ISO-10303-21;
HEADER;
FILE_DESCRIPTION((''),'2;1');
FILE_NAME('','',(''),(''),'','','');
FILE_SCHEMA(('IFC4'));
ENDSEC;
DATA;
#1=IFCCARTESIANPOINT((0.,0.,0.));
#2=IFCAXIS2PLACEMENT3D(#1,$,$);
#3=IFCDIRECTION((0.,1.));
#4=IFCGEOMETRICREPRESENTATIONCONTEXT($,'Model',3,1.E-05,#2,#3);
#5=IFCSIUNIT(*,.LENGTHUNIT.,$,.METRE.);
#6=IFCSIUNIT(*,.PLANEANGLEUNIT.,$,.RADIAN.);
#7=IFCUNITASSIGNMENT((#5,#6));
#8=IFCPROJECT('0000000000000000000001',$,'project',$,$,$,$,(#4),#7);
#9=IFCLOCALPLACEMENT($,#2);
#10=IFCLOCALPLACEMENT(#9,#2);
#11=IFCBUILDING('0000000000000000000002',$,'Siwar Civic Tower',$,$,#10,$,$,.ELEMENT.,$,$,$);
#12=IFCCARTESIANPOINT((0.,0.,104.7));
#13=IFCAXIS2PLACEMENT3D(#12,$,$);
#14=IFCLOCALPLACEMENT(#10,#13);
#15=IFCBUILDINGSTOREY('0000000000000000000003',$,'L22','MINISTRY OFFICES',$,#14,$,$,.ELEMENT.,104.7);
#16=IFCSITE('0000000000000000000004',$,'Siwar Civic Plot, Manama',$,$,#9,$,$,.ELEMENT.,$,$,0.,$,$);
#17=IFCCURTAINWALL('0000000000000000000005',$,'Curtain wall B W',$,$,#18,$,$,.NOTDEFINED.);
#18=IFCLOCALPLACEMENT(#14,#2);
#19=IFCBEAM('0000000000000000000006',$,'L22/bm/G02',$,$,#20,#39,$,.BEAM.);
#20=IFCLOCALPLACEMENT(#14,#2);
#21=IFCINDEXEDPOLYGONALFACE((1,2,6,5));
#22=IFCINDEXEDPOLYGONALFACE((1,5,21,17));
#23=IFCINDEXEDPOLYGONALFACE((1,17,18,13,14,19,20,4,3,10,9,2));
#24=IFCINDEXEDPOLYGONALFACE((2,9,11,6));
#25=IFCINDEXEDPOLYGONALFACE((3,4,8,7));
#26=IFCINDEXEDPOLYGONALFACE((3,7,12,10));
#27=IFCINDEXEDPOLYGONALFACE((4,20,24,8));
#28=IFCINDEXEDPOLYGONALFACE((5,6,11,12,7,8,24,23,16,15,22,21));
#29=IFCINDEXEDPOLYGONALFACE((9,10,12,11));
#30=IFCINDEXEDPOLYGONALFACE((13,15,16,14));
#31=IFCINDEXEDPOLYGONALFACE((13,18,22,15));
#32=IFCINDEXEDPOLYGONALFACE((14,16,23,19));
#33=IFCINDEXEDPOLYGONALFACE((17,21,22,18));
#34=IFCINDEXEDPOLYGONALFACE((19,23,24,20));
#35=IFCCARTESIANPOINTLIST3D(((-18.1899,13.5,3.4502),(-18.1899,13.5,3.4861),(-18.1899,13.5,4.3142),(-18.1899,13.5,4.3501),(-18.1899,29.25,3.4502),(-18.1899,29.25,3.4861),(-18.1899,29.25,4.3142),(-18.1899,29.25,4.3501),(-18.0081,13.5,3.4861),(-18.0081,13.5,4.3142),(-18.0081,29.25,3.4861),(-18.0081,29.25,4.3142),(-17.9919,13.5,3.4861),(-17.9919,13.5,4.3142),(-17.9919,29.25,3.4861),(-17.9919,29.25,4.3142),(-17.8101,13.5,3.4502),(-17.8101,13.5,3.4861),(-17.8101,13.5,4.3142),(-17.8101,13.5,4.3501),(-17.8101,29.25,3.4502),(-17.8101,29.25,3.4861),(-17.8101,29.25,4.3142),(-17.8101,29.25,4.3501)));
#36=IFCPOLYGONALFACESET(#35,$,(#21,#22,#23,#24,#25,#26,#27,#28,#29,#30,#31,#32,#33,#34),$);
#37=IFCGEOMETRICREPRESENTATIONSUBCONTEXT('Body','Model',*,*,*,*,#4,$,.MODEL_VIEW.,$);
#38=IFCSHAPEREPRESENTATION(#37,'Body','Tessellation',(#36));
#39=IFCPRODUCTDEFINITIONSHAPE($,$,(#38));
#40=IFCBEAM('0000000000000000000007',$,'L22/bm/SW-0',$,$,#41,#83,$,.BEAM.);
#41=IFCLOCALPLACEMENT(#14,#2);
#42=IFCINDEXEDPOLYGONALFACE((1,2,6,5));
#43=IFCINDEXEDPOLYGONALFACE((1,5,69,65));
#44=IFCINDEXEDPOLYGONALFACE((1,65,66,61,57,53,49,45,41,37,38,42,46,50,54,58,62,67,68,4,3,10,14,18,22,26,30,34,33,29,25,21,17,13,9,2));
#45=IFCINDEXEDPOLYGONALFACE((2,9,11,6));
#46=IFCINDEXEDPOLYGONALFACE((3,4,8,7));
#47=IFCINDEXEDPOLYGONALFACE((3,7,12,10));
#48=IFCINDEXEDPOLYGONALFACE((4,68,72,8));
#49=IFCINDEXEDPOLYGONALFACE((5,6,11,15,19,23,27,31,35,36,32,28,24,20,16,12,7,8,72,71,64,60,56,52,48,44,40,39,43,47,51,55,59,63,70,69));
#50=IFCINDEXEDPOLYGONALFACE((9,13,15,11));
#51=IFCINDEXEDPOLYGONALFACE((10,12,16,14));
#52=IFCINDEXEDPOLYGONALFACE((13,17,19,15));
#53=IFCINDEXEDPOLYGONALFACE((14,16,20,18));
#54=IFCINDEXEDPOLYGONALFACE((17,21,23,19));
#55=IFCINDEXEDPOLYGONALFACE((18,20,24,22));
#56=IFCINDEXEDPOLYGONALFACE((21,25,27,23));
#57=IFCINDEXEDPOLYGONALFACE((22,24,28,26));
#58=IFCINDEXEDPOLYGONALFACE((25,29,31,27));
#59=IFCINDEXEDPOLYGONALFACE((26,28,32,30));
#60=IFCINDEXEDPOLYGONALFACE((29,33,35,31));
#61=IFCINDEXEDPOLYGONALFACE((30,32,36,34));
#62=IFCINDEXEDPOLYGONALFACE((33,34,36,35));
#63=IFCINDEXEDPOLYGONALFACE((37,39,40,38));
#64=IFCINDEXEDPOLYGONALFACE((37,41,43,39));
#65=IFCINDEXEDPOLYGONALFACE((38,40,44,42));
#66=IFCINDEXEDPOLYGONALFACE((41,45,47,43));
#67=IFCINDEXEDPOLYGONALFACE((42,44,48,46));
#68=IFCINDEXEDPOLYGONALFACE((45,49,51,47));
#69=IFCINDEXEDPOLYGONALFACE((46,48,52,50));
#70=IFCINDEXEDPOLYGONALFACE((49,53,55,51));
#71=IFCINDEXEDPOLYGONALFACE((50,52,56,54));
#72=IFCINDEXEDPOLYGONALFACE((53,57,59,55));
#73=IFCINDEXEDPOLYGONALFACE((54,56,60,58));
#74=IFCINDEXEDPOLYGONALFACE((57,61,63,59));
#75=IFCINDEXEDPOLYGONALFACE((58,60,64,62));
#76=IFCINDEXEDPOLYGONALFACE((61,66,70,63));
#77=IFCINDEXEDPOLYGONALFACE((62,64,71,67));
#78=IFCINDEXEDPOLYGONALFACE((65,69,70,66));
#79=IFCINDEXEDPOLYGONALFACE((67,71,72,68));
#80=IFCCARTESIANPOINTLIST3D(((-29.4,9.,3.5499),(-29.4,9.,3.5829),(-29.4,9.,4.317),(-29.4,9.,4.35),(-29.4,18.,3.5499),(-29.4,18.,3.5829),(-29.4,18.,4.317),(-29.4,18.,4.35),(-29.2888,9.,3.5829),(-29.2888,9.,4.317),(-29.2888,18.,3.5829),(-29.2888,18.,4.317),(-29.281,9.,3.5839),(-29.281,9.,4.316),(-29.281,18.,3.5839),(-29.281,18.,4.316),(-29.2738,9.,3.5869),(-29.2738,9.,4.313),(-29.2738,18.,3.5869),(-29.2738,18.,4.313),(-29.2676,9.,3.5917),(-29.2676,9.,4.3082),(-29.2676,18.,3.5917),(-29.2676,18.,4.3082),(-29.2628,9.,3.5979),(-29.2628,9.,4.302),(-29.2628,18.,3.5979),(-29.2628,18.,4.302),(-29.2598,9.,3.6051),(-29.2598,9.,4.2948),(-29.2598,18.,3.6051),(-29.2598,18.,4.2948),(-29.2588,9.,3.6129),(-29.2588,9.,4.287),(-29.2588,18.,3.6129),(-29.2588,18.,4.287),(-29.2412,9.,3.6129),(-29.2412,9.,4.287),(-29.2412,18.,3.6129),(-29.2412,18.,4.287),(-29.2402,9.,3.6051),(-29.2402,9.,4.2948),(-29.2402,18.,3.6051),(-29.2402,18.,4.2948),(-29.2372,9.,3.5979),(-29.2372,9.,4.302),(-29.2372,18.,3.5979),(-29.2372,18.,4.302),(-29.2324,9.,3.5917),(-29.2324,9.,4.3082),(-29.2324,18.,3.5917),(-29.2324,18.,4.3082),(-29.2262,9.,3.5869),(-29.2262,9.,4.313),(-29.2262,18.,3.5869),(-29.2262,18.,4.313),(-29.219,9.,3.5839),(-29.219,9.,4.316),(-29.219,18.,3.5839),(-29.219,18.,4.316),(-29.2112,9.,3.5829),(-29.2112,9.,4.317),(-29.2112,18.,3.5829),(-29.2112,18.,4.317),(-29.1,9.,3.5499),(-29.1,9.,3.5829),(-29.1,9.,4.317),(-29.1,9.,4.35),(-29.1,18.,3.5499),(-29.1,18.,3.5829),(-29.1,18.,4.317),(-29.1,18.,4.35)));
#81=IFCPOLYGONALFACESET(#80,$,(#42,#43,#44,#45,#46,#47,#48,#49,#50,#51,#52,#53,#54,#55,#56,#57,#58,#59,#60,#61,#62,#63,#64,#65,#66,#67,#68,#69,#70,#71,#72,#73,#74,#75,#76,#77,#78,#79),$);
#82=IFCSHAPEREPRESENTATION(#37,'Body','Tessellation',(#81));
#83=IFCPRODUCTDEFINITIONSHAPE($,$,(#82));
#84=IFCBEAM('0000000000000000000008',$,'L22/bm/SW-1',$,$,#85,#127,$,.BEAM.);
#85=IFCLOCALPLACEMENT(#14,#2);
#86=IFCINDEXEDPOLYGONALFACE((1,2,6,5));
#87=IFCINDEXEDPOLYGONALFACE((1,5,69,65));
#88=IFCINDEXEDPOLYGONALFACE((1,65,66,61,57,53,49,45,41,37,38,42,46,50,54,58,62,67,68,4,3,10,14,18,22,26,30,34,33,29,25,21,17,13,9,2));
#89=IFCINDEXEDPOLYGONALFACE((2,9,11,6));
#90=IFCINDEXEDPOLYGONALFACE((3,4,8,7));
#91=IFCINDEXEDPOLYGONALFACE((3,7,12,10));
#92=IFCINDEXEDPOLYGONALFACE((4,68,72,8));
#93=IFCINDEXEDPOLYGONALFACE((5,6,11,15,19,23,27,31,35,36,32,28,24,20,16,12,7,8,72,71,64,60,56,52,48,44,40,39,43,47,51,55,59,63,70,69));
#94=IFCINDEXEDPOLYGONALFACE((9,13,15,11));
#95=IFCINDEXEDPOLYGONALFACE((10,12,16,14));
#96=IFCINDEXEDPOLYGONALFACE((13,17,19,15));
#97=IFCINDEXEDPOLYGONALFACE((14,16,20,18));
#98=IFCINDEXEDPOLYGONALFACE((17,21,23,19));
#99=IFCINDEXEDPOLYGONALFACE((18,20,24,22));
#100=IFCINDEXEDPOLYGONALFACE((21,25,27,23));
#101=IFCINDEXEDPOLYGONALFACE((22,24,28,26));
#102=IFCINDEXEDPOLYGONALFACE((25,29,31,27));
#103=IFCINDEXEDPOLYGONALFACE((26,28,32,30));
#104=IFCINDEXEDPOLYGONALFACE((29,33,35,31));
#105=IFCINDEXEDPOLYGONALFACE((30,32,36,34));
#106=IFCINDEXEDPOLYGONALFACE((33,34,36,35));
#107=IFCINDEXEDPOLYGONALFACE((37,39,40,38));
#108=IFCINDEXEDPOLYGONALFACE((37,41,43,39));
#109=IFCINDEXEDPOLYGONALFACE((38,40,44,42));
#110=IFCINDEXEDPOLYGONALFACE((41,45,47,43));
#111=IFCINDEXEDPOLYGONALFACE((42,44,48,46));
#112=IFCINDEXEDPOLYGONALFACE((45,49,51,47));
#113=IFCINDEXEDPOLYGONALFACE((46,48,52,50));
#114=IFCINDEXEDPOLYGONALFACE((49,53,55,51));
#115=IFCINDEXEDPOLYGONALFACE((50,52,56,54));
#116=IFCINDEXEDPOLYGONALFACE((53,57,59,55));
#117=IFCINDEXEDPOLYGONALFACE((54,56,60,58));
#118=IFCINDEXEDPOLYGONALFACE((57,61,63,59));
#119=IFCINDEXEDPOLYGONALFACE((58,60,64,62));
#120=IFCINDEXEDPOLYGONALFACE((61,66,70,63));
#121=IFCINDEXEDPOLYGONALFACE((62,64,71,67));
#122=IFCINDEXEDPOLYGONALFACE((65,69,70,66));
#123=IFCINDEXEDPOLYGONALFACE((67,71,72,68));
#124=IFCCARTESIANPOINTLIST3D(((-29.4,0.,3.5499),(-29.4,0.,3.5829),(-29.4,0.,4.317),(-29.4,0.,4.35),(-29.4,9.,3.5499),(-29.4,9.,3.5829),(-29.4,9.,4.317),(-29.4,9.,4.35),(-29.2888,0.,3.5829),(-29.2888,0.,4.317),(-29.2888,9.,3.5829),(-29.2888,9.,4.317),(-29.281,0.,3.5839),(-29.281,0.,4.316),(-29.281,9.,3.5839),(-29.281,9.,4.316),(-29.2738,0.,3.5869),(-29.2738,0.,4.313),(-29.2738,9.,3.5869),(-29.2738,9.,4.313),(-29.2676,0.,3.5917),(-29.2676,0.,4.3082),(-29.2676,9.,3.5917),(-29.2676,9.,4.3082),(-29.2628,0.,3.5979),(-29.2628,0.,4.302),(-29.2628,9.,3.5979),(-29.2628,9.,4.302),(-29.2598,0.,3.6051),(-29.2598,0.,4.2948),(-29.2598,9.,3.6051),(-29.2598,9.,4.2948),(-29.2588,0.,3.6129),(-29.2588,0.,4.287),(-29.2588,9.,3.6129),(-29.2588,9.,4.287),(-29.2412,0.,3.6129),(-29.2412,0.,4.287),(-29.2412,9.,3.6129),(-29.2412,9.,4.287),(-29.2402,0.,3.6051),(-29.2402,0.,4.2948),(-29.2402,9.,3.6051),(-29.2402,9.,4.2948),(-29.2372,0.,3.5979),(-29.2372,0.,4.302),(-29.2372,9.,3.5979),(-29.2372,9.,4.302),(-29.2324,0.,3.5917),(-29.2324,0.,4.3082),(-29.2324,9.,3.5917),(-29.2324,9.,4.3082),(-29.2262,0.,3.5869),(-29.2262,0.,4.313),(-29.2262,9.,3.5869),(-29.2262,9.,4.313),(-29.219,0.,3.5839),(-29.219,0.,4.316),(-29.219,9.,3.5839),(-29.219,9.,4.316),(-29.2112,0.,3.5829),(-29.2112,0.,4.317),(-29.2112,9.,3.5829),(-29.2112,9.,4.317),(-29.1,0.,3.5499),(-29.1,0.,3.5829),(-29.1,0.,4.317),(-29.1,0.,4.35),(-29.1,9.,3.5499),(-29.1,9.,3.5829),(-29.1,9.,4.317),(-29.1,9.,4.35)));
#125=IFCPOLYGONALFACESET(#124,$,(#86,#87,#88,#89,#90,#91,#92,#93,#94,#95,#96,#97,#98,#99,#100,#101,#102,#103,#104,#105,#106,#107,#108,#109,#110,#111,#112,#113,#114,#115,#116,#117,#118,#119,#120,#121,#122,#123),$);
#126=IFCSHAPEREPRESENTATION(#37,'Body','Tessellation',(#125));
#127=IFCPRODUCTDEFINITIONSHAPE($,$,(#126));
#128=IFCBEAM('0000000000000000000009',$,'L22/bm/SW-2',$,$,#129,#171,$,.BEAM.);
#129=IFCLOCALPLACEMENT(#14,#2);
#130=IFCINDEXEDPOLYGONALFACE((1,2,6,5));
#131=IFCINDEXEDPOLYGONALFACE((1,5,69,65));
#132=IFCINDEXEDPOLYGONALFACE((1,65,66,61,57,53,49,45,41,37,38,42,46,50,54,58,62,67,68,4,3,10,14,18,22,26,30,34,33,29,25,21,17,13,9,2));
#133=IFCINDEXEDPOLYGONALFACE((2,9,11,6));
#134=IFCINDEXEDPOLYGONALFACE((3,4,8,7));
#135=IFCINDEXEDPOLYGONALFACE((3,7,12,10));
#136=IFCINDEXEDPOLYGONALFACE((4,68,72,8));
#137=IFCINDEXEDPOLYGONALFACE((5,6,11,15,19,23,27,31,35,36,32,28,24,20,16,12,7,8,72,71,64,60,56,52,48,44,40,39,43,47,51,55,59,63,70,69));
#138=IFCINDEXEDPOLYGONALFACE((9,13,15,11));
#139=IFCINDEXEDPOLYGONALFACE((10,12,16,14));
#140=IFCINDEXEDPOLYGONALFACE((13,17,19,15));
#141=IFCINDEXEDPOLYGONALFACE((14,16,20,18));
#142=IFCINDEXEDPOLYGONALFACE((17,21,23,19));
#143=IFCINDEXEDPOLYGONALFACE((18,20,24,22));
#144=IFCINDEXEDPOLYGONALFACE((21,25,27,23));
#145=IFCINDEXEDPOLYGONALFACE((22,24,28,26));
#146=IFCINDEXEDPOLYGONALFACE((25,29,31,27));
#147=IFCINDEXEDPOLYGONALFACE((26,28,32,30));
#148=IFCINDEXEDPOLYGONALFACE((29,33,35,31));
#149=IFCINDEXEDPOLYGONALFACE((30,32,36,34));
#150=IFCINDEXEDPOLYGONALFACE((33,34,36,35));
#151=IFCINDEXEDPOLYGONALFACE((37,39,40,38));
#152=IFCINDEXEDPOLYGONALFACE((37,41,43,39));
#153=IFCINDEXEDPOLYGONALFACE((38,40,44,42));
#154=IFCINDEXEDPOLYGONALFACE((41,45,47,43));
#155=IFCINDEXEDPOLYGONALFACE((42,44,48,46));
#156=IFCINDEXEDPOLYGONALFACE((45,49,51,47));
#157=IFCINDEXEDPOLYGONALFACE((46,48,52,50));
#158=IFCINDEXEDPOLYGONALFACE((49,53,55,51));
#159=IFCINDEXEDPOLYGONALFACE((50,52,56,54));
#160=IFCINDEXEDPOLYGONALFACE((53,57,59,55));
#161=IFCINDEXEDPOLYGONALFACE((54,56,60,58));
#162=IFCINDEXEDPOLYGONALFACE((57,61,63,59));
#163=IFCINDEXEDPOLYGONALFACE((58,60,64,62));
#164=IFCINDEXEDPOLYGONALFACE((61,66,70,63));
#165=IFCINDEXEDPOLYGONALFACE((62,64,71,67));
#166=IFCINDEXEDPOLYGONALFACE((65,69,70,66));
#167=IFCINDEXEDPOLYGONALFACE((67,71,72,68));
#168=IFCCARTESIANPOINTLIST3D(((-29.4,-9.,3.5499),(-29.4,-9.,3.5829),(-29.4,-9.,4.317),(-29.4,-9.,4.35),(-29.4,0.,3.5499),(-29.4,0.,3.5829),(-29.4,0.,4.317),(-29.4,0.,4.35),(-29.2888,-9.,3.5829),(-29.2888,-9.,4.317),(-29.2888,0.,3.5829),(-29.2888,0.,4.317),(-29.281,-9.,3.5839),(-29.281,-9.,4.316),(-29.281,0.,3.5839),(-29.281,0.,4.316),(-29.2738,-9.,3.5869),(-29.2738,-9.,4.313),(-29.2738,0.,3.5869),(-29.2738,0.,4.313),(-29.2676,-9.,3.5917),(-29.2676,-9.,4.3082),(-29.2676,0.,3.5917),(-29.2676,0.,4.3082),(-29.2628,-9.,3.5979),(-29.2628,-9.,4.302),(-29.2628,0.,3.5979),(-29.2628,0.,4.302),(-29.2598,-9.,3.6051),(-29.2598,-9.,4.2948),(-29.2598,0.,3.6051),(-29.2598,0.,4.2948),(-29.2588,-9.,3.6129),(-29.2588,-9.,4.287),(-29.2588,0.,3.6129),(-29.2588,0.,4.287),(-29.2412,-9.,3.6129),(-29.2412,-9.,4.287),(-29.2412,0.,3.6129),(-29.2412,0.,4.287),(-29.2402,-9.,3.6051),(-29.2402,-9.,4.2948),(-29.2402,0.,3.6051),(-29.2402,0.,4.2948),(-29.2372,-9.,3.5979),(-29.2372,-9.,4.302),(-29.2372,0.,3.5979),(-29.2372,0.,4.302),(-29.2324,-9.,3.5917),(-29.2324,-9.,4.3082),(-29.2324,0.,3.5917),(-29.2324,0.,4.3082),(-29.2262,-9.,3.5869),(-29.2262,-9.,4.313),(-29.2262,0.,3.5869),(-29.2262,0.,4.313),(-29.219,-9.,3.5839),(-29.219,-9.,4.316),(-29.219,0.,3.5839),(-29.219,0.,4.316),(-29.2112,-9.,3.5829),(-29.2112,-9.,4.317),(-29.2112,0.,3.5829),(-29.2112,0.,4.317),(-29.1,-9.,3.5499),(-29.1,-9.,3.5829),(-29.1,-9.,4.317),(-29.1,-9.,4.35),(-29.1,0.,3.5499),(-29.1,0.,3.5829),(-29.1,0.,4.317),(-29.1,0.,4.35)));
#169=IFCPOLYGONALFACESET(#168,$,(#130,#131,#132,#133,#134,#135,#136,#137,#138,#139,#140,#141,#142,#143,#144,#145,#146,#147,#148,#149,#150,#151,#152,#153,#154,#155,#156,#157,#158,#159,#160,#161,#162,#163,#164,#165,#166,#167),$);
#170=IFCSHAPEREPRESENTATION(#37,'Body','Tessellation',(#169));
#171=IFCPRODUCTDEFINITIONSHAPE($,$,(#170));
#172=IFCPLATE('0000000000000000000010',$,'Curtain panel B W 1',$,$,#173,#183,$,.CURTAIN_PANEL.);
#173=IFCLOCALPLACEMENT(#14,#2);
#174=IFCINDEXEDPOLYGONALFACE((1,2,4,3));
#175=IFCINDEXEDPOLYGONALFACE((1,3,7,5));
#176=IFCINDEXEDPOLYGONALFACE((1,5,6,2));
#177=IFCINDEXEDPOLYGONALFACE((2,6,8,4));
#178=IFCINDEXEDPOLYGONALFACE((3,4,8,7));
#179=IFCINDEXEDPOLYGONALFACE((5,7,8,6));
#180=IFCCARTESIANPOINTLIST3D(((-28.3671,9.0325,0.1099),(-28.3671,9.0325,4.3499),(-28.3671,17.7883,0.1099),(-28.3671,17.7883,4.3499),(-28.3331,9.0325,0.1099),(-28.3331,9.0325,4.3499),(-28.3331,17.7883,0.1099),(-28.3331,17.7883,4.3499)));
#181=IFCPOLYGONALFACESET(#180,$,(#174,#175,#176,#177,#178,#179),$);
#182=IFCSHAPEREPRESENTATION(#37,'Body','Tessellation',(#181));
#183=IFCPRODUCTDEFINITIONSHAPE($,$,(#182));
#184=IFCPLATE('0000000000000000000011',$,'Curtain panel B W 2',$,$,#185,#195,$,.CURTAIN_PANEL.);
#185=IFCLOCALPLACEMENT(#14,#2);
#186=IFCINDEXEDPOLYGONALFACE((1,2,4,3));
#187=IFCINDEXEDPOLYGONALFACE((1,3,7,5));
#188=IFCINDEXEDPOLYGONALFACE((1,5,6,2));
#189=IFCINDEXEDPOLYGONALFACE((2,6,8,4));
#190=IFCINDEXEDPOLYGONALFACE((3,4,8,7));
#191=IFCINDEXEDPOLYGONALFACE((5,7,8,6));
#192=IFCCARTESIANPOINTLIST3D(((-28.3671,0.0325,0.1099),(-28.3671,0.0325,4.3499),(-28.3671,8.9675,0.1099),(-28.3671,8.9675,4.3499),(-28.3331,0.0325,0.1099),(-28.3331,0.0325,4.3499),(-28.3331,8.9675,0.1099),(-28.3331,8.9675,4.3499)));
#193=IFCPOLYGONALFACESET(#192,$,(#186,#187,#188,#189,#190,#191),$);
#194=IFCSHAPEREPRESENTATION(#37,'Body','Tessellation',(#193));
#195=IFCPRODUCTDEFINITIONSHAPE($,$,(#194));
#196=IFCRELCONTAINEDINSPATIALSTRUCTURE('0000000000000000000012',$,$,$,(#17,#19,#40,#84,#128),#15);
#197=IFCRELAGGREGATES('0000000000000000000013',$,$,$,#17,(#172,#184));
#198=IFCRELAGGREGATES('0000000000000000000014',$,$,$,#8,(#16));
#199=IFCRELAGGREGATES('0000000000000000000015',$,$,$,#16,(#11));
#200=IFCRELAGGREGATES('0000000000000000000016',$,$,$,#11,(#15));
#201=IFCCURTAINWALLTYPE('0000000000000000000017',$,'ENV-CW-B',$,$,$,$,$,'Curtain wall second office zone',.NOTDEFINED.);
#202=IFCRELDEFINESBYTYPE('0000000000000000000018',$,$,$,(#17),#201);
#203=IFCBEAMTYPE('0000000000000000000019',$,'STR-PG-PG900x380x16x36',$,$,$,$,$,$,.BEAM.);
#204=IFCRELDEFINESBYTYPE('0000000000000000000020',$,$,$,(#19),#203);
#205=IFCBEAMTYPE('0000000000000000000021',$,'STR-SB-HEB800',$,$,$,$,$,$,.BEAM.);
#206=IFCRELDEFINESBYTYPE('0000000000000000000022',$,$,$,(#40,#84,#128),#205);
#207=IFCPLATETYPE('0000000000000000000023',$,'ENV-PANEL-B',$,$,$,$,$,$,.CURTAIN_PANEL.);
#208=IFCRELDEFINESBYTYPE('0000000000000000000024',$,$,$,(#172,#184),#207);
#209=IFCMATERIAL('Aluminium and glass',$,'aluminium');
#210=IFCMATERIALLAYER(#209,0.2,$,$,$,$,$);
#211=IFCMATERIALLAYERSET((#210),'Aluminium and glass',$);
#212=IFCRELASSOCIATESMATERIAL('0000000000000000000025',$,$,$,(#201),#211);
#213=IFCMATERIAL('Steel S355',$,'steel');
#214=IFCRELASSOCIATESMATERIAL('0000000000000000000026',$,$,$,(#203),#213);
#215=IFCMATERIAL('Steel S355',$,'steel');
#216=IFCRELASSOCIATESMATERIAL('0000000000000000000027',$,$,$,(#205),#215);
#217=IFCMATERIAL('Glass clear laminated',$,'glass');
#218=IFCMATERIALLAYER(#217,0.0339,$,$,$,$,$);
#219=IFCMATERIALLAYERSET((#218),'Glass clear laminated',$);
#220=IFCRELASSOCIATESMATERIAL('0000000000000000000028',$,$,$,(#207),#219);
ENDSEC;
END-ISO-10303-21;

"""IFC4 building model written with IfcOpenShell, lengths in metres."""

from ifc_helpers import new_model, si_unit, direction, frame, origin, origin_2d, place, context, subcontext, project, spatial, rectangle, i_section, extrude, material, layer, layer_set, material_profile, profile_set, type_object, element, aggregate, save


model = new_model("IFC4")

# Units and contexts
model_context = context("Model", 3, precision=1e-05, world=origin(), true_north=direction((0.0, 1.0)))
body_context = subcontext(model_context, "Body", "Model", "MODEL_VIEW")
ifc_project = project(units=[si_unit("LENGTHUNIT", "METRE"), si_unit("PLANEANGLEUNIT", "RADIAN")], contexts=[model_context])

# Site, building, storey
site_placement = place(None, origin())
site = spatial("IfcSite", under=ifc_project, at=site_placement, Name="Siwar Civic Plot, Manama", CompositionType="ELEMENT", RefElevation=0.0)
building_placement = place(site_placement, origin())
building = spatial("IfcBuilding", under=site, at=building_placement, Name="Siwar Civic Tower", CompositionType="ELEMENT")
storey_placement = place(building_placement, frame((0.0, 0.0, 104.7)))
storey = spatial("IfcBuildingStorey", under=building, at=storey_placement, Name="L22", Description="MINISTRY OFFICES", CompositionType="ELEMENT", Elevation=104.7)

# Curtain wall
ifc_material_1 = material(Name="Aluminium and glass", Category="aluminium")
ifc_layer_1 = layer(ifc_material_1, 0.2)
ifc_layer_set_1 = layer_set([ifc_layer_1], Name="Aluminium and glass")
curtain_wall_type = type_object("IfcCurtainWallType", Name="ENV-CW-B", ElementType="Curtain wall second office zone", PredefinedType="NOTDEFINED", material=ifc_layer_set_1)
curtain_wall_placement = place(storey_placement, origin())
curtain_wall = element("IfcCurtainWall", 1, at=curtain_wall_placement, inside=storey, type_object=curtain_wall_type, Name="Curtain wall B W", PredefinedType="NOTDEFINED")

# Beams
ifc_material_2 = material(Name="Steel S355", Category="steel")
ifc_material_profile_1 = material_profile(ifc_material_2, i_section(OverallWidth=0.3799, OverallDepth=0.8999, WebThickness=0.0161, FlangeThickness=0.0359, at=origin_2d()), Name="PG900x380x16x36")
ifc_profile_set_1 = profile_set([ifc_material_profile_1], Name="Steel S355")
beam_type_1 = type_object("IfcBeamType", Name="STR-PG-PG900x380x16x36", PredefinedType="BEAM", material=ifc_profile_set_1)
beam_1_placement = place(storey_placement, frame((-18.0, 13.5, 3.9001), z_axis=(0.0, 1.0, 0.0), x_axis=(-1.0, 0.0, 0.0)))
element("IfcBeam", 2, at=beam_1_placement, inside=storey, type_object=beam_type_1, Name="L22/bm/G02", PredefinedType="BEAM", context=body_context, shape_type="SweptSolid", body=[
    extrude(i_section(OverallWidth=0.3799, OverallDepth=0.8999, WebThickness=0.0161, FlangeThickness=0.0359, at=origin_2d()), origin(), (0.0, 0.0, 1.0), 15.75),
])
ifc_material_3 = material(Name="Steel S355", Category="steel")
ifc_material_profile_2 = material_profile(ifc_material_3, i_section(OverallWidth=0.3, OverallDepth=0.8, WebThickness=0.0176, FlangeThickness=0.033, FilletRadius=0.03, at=origin_2d()), Name="HEB800")
ifc_profile_set_2 = profile_set([ifc_material_profile_2], Name="Steel S355")
beam_type_2 = type_object("IfcBeamType", Name="STR-SB-HEB800", PredefinedType="BEAM", material=ifc_profile_set_2)
for number, where, z_axis, x_axis, name in (
    (3, (-29.25, 18.0, 3.95), (0.0, -1.0, 0.0), (1.0, 0.0, 0.0), "L22/bm/SW-0"),
    (4, (-29.25, 9.0, 3.95), (0.0, -1.0, 0.0), (1.0, 0.0, 0.0), "L22/bm/SW-1"),
    (5, (-29.25, 0.0, 3.95), (0.0, -1.0, 0.0), (1.0, 0.0, 0.0), "L22/bm/SW-2"),
):
    element("IfcBeam", number, at=place(storey_placement, frame(where, z_axis=z_axis, x_axis=x_axis)), inside=storey, type_object=beam_type_2, Name=name, PredefinedType="BEAM", context=body_context, shape_type="SweptSolid", body=[
        extrude(i_section(OverallWidth=0.3, OverallDepth=0.8, WebThickness=0.0176, FlangeThickness=0.033, FilletRadius=0.03, at=origin_2d()), origin(), (0.0, 0.0, 1.0), 9.0),
    ])

# Plates
ifc_material_4 = material(Name="Glass clear laminated", Category="glass")
ifc_layer_2 = layer(ifc_material_4, 0.0339)
ifc_layer_set_2 = layer_set([ifc_layer_2], Name="Glass clear laminated")
plate_type = type_object("IfcPlateType", Name="ENV-PANEL-B", PredefinedType="CURTAIN_PANEL", material=ifc_layer_set_2)
plate_1_placement = place(storey_placement, frame((-28.3501, 13.4104, 0.1099), z_axis=(0.0, 0.0, 1.0), x_axis=(0.0, -1.0, 0.0)))
plate_1 = element("IfcPlate", 6, at=plate_1_placement, type_object=plate_type, Name="Curtain panel B W 1", PredefinedType="CURTAIN_PANEL", context=body_context, shape_type="SweptSolid", body=[
    extrude(rectangle(XDim=8.7559, YDim=0.0339, at=origin_2d()), origin(), (0.0, 0.0, 1.0), 4.24),
])
plate_2_placement = place(storey_placement, frame((-28.3501, 4.5, 0.1099), z_axis=(0.0, 0.0, 1.0), x_axis=(0.0, -1.0, 0.0)))
plate_2 = element("IfcPlate", 7, at=plate_2_placement, type_object=plate_type, Name="Curtain panel B W 2", PredefinedType="CURTAIN_PANEL", context=body_context, shape_type="SweptSolid", body=[
    extrude(rectangle(XDim=8.9351, YDim=0.0339, at=origin_2d()), origin(), (0.0, 0.0, 1.0), 4.24),
])
aggregate(curtain_wall, [plate_1, plate_2])

save(model, "model.ifc")
